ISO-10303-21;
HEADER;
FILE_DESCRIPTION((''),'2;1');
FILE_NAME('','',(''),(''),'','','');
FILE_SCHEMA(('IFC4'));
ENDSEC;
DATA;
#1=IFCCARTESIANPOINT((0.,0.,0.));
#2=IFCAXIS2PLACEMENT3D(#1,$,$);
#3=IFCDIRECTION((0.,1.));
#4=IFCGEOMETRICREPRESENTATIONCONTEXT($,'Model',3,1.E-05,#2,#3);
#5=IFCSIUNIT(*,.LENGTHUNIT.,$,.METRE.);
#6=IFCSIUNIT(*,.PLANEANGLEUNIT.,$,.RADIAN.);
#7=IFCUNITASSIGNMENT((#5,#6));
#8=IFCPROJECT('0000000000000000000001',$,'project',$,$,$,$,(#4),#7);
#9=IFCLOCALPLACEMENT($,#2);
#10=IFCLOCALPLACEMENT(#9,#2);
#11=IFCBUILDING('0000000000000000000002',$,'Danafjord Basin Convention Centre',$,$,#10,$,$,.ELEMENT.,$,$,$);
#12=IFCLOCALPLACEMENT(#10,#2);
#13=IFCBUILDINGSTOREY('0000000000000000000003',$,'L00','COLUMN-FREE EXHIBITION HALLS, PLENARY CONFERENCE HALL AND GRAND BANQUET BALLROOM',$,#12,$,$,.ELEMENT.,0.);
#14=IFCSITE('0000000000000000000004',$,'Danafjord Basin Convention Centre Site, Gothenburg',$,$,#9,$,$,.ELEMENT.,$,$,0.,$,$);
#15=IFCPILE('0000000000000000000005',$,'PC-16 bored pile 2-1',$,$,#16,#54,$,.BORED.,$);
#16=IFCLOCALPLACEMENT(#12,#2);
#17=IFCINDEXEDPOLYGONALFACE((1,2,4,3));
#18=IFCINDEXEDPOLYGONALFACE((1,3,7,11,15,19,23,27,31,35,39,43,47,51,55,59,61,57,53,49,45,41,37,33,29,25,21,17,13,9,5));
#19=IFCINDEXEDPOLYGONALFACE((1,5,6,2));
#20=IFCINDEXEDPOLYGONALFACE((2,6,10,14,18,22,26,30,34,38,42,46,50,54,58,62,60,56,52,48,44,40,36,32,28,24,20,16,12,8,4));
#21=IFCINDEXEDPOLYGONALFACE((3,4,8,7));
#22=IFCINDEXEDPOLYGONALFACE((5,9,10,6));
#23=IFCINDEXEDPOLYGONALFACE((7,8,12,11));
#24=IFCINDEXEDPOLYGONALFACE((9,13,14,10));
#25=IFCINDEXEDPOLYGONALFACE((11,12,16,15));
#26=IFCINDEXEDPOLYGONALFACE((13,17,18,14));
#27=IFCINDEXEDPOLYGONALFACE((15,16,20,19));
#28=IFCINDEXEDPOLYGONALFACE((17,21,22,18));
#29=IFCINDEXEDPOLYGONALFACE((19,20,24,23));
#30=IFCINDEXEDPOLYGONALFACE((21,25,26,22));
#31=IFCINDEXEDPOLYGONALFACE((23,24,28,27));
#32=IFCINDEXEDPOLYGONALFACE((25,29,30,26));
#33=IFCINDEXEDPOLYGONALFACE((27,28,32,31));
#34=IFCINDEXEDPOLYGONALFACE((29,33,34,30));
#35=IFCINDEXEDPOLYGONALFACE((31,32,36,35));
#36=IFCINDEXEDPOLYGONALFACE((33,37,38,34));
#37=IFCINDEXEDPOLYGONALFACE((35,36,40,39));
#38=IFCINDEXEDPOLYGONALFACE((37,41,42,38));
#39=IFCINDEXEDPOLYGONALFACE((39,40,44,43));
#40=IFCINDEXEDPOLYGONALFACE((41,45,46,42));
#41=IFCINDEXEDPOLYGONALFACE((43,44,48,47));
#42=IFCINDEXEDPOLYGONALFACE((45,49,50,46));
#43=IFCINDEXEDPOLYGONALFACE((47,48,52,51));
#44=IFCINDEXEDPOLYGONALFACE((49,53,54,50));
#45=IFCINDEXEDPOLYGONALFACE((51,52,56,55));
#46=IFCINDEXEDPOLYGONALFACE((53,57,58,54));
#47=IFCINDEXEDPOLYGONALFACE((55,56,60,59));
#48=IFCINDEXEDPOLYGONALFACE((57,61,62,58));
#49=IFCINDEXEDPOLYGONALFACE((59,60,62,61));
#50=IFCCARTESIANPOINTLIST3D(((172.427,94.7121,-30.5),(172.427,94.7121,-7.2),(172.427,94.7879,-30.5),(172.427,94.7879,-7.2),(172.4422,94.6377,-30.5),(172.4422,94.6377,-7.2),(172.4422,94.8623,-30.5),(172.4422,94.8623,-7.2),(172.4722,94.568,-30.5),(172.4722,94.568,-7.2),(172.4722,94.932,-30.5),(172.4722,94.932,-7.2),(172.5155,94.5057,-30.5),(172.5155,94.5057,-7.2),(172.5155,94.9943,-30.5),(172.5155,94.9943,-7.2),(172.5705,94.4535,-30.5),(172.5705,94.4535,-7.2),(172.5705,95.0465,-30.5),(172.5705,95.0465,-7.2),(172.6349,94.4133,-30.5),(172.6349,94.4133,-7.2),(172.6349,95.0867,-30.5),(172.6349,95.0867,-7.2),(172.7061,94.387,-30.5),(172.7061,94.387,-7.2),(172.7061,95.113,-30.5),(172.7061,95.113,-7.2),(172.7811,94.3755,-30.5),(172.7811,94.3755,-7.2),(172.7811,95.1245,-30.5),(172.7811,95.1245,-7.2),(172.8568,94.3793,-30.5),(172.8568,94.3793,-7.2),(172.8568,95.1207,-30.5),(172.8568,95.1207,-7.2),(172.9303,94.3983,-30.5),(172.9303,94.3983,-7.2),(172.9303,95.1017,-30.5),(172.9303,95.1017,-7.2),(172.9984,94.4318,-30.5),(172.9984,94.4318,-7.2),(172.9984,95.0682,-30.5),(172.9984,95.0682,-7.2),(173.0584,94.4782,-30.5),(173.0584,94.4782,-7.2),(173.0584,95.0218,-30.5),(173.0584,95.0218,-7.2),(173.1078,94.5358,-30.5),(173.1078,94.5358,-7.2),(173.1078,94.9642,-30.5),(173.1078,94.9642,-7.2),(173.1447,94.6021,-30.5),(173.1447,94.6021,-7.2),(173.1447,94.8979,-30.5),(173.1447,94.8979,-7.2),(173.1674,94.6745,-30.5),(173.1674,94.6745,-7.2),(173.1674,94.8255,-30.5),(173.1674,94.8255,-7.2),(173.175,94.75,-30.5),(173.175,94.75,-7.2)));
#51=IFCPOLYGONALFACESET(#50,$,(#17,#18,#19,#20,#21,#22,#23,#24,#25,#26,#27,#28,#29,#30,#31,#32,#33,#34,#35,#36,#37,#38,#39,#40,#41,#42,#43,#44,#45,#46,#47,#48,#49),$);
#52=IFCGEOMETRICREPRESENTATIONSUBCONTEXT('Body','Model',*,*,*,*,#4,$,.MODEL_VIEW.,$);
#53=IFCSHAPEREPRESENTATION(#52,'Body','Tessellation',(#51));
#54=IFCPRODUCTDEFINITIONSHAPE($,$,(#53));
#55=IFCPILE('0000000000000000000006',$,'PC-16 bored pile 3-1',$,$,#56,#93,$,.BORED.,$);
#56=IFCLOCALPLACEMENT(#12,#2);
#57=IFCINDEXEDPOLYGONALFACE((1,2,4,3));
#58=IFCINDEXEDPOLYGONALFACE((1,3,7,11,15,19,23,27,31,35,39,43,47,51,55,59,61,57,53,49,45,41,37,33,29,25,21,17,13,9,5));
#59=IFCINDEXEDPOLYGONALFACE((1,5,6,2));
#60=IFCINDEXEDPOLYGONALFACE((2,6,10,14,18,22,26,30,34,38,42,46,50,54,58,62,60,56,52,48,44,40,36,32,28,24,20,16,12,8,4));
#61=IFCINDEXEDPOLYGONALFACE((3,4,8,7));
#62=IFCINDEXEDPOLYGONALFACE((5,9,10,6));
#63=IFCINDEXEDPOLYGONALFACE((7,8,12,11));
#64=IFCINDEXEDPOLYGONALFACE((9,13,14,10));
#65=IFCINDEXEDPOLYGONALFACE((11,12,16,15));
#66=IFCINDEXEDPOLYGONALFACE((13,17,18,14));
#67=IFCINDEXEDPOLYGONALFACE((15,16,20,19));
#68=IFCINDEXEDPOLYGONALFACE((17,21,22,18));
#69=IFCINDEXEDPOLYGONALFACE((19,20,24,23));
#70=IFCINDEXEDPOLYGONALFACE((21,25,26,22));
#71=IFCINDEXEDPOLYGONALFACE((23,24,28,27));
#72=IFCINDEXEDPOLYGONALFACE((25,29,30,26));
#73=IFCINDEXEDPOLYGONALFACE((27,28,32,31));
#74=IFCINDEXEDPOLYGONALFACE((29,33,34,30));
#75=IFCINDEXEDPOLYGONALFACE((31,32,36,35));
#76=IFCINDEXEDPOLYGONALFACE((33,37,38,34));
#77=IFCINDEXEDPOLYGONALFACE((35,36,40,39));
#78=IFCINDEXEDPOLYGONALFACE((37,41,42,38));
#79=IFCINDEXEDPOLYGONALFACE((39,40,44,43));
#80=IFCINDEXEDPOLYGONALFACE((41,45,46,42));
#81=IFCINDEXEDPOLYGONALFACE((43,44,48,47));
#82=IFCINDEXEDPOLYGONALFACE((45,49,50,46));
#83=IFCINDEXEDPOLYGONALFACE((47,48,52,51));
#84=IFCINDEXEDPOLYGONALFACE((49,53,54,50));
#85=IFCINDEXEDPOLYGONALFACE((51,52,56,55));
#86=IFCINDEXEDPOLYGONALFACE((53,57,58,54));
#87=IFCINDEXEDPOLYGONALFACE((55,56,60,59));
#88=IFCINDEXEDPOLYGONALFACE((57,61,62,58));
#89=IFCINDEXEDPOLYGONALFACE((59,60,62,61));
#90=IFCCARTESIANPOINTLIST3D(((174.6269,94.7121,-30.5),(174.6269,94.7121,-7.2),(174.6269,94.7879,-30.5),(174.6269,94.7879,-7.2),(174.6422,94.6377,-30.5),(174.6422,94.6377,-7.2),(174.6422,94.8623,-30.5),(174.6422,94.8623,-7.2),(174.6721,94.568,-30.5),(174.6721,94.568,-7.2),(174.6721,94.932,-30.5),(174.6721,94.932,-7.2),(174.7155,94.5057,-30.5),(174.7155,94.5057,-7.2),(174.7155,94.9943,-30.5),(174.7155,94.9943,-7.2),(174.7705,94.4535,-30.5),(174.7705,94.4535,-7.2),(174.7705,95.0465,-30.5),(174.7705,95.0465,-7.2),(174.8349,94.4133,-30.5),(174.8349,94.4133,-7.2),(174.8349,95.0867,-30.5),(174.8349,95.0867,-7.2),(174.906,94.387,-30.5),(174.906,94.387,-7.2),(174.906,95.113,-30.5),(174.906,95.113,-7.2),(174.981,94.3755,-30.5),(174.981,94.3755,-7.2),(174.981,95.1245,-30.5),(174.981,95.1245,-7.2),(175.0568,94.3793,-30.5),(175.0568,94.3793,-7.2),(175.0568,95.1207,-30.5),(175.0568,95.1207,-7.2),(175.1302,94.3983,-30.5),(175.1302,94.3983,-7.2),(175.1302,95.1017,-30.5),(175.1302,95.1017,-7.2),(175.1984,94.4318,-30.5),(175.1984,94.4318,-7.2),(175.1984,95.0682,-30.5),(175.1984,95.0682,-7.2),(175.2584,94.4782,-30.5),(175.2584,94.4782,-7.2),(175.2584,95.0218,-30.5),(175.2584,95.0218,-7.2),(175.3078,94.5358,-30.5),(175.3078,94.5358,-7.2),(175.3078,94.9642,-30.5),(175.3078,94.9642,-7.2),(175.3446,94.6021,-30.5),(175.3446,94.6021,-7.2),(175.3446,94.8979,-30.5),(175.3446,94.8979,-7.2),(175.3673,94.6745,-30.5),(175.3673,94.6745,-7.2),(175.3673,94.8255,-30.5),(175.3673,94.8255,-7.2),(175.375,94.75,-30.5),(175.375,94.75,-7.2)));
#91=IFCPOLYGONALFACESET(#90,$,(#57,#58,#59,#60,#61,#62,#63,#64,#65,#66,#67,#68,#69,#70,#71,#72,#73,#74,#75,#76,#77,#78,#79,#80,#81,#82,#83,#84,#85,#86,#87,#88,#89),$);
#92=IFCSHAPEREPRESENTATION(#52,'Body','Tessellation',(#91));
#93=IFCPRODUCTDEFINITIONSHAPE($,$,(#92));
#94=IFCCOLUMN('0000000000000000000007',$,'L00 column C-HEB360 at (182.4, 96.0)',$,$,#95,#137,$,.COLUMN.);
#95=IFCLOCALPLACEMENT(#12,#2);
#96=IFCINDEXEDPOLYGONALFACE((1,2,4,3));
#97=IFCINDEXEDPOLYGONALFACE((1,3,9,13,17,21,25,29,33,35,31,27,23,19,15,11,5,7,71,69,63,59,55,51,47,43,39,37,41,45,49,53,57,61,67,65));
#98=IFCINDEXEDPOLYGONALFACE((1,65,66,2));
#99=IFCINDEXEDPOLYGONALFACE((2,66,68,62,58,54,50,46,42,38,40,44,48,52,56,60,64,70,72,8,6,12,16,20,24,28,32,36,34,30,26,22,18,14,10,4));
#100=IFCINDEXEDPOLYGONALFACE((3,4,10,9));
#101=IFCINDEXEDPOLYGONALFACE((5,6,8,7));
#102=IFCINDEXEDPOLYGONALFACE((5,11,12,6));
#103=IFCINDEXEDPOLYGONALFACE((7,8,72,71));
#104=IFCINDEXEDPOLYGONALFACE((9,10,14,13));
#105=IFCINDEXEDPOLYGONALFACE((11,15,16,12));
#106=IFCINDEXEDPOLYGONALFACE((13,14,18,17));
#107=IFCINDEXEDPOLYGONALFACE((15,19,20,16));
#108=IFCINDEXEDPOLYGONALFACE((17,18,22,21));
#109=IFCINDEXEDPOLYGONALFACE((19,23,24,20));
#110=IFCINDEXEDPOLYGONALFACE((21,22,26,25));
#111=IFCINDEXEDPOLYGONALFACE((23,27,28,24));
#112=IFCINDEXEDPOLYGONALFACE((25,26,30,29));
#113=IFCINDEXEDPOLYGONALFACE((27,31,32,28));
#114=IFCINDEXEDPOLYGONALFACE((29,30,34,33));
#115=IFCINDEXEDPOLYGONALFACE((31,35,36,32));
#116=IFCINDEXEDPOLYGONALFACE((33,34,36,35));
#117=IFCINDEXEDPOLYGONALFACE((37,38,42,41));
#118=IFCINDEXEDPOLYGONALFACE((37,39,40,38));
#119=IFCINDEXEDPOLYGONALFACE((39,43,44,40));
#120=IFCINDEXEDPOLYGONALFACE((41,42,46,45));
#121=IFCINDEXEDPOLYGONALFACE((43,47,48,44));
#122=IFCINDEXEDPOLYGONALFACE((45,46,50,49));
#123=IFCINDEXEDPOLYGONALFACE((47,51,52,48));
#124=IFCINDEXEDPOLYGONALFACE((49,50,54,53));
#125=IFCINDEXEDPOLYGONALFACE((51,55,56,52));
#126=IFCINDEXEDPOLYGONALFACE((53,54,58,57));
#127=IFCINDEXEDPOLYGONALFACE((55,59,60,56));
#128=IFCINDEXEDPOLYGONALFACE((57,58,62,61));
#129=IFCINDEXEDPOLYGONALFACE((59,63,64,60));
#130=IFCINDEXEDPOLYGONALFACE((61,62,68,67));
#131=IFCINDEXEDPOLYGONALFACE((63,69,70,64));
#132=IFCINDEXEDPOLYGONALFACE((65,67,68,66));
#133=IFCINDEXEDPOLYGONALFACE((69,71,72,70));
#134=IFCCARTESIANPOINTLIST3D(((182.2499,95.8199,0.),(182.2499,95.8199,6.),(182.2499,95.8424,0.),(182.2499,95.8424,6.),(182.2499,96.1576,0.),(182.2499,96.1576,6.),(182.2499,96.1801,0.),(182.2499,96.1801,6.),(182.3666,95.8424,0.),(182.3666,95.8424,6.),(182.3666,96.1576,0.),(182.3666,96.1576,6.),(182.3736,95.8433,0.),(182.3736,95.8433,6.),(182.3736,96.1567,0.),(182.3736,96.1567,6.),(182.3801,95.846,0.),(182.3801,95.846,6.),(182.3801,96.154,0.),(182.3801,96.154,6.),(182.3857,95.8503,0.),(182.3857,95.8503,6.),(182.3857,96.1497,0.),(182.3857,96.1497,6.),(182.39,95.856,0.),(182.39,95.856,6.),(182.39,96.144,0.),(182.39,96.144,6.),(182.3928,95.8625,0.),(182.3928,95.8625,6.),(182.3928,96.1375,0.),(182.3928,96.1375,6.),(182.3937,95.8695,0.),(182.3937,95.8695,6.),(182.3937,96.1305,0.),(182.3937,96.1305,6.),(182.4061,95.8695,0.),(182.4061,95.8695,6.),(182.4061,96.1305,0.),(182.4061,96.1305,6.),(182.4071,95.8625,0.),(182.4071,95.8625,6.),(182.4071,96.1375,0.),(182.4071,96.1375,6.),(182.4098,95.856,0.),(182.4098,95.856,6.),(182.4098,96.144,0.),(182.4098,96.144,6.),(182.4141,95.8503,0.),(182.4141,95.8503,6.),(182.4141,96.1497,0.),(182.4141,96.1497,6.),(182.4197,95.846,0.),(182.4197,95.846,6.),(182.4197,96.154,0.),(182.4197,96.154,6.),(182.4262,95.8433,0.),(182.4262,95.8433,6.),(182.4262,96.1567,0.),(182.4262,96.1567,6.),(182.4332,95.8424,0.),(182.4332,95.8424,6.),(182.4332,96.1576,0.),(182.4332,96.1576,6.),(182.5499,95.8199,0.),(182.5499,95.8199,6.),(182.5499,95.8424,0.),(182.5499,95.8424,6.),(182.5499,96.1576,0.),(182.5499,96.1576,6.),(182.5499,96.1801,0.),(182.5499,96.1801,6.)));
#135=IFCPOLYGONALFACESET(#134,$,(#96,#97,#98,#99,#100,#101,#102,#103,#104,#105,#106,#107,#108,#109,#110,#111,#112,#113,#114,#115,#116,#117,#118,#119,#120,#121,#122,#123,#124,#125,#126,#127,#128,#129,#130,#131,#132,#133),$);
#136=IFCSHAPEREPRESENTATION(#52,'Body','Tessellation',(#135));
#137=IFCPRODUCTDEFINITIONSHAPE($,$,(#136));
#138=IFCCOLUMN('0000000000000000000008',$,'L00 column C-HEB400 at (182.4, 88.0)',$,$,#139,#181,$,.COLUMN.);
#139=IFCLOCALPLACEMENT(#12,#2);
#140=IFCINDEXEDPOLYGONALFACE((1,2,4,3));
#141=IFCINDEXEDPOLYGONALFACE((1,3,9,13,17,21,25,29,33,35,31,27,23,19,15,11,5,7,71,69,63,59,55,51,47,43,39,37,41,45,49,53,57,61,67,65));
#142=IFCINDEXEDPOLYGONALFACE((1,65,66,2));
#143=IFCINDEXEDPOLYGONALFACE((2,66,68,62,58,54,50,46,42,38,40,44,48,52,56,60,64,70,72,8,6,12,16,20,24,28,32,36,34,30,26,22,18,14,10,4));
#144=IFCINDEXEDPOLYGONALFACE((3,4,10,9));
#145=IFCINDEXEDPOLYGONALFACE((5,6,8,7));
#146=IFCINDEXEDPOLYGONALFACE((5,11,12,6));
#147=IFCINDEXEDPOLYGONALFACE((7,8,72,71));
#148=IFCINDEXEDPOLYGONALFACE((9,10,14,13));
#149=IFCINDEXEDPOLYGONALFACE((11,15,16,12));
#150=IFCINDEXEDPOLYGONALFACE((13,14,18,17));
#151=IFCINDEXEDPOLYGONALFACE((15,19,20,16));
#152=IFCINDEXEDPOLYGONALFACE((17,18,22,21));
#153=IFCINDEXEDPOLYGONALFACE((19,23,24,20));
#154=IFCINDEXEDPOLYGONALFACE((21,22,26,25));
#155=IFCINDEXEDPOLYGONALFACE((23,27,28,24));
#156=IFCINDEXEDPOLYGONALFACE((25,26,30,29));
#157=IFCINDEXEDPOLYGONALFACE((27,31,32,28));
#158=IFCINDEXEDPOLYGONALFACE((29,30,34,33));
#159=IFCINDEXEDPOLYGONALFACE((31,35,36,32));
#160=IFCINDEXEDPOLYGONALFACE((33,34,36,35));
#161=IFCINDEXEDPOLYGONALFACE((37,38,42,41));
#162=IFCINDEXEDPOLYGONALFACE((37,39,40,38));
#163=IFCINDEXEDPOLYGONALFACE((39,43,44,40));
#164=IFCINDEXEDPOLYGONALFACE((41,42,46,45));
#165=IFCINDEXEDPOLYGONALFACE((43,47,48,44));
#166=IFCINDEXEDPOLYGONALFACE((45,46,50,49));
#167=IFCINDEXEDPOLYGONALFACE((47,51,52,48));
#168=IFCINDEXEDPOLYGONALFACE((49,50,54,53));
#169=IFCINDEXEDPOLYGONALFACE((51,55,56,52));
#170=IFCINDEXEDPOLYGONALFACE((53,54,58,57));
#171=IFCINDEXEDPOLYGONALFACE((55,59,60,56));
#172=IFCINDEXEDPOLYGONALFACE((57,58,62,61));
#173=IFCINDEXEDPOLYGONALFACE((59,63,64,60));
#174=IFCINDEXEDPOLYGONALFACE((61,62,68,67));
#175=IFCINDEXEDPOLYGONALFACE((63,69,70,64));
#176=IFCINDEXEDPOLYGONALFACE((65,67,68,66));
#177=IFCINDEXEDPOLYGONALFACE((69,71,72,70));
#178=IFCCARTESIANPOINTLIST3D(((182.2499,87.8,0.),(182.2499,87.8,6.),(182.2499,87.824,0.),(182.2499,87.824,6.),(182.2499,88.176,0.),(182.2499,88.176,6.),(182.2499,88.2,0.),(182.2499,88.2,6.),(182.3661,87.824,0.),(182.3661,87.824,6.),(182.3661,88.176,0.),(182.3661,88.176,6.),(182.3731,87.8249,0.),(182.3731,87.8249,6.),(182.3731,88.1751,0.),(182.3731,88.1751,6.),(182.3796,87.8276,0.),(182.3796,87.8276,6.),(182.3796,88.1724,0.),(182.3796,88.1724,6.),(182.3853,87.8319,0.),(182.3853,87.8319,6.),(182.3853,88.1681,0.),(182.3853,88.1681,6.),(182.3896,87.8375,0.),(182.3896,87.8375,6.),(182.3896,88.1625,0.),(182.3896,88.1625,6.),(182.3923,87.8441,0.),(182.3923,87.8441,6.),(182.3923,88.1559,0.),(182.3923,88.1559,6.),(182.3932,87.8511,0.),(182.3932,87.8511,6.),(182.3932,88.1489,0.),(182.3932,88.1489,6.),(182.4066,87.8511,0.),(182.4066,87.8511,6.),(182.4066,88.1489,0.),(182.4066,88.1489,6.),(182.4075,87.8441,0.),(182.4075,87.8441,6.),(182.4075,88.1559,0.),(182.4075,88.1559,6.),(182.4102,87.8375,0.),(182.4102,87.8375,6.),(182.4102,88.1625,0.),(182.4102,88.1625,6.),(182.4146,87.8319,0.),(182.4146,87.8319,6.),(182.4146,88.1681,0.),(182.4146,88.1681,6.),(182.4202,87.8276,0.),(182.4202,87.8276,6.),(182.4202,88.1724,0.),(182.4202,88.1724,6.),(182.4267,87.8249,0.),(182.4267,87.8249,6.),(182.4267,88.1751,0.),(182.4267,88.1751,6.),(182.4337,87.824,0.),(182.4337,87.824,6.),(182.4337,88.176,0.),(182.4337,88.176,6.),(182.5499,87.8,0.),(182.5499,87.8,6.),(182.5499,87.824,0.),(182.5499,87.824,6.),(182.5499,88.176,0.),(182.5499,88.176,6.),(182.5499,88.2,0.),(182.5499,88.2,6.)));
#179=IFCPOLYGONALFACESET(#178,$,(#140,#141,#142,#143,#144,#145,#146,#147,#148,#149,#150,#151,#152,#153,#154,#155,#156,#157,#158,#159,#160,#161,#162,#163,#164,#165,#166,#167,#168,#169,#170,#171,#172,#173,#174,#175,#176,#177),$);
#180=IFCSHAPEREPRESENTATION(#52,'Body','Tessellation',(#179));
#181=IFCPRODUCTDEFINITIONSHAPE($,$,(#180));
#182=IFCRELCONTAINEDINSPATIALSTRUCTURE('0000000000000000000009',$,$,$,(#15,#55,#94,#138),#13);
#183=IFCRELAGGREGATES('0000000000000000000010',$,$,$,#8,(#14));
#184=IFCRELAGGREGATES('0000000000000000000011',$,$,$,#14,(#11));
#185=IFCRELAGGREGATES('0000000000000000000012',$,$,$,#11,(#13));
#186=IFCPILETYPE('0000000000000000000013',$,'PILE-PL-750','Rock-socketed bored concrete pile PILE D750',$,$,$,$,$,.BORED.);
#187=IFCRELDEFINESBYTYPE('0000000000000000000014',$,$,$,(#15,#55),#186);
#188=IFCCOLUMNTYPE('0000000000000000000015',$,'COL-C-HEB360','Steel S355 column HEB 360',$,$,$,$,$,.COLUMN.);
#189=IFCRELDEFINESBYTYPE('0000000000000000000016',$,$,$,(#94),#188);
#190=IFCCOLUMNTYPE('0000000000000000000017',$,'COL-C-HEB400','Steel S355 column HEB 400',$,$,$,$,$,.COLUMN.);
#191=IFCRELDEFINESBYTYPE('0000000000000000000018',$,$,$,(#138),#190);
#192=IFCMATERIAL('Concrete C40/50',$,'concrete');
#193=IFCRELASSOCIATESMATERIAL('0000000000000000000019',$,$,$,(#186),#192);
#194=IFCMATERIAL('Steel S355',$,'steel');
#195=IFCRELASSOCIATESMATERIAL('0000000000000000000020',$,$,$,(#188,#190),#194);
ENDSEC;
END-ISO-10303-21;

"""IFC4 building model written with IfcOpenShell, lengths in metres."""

from ifc_helpers import new_model, si_unit, direction, frame, origin, origin_2d, place, context, subcontext, project, spatial, circle, i_section, extrude, material, material_profile, profile_set, type_object, element, save


model = new_model("IFC4")

# Units and contexts
model_context = context("Model", 3, precision=1e-05, world=origin(), true_north=direction((0.0, 1.0)))
body_context = subcontext(model_context, "Body", "Model", "MODEL_VIEW")
ifc_project = project(units=[si_unit("LENGTHUNIT", "METRE"), si_unit("PLANEANGLEUNIT", "RADIAN")], contexts=[model_context])

# Site, building, storey
site_placement = place(None, origin())
site = spatial("IfcSite", under=ifc_project, at=site_placement, Name="Danafjord Basin Convention Centre Site, Gothenburg", CompositionType="ELEMENT", RefElevation=0.0)
building_placement = place(site_placement, origin())
building = spatial("IfcBuilding", under=site, at=building_placement, Name="Danafjord Basin Convention Centre", CompositionType="ELEMENT")
storey_placement = place(building_placement, origin())
storey = spatial("IfcBuildingStorey", under=building, at=storey_placement, Name="L00", Description="COLUMN-FREE EXHIBITION HALLS, PLENARY CONFERENCE HALL AND GRAND BANQUET BALLROOM", CompositionType="ELEMENT", Elevation=0.0)

# Shared definitions
ifc_material_1 = material(Name="Concrete C40/50", Category="concrete")

# Piles
ifc_material_profile_1 = material_profile(ifc_material_1, circle(Radius=0.375, at=origin_2d()), Name="PILE D750")
ifc_profile_set_1 = profile_set([ifc_material_profile_1], Name="Concrete C40/50")
pile_type_1 = type_object("IfcPileType", Name="PILE-PL-750", Description="Rock-socketed bored concrete pile PILE D750", PredefinedType="BORED", material=ifc_profile_set_1)
for number, where, z_axis, x_axis, name in (
    (1, (172.8, 94.75, -7.2), (0.0, 0.0, -1.0), (1.0, 0.0, 0.0), "PC-16 bored pile 2-1"),
    (2, (175.0, 94.75, -7.2), (0.0, 0.0, -1.0), (1.0, 0.0, 0.0), "PC-16 bored pile 3-1"),
):
    element("IfcPile", number, at=place(storey_placement, frame(where, z_axis=z_axis, x_axis=x_axis)), inside=storey, type_object=pile_type_1, Name=name, PredefinedType="BORED", context=body_context, shape_type="SweptSolid", body=[
        extrude(circle(Radius=0.375, at=origin_2d()), origin(), (0.0, 0.0, 1.0), 23.3),
    ])

# Columns
ifc_material_2 = material(Name="Steel S355", Category="steel")
ifc_material_profile_2 = material_profile(ifc_material_2, i_section(OverallWidth=0.3, OverallDepth=0.3601, WebThickness=0.0125, FlangeThickness=0.0225, FilletRadius=0.0271, at=origin_2d()), Name="HEB 360")
ifc_profile_set_2 = profile_set([ifc_material_profile_2], Name="Steel S355")
column_type_1 = type_object("IfcColumnType", Name="COL-C-HEB360", Description="Steel S355 column HEB 360", PredefinedType="COLUMN", material=ifc_profile_set_2)
column_1_placement = place(storey_placement, frame((182.3999, 96.0, 0.0), z_axis=(0.0, 0.0, 1.0), x_axis=(1.0, 0.0, 0.0)))
element("IfcColumn", 3, at=column_1_placement, inside=storey, type_object=column_type_1, Name="L00 column C-HEB360 at (182.4, 96.0)", PredefinedType="COLUMN", context=body_context, shape_type="SweptSolid", body=[
    extrude(i_section(OverallWidth=0.3, OverallDepth=0.3601, WebThickness=0.0125, FlangeThickness=0.0225, FilletRadius=0.0271, at=origin_2d()), origin(), (0.0, 0.0, 1.0), 6.0),
])
ifc_material_profile_3 = material_profile(ifc_material_2, i_section(OverallWidth=0.3, OverallDepth=0.3999, WebThickness=0.0134, FlangeThickness=0.0239, FilletRadius=0.0271, at=origin_2d()), Name="HEB 400")
ifc_profile_set_3 = profile_set([ifc_material_profile_3], Name="Steel S355")
column_type_2 = type_object("IfcColumnType", Name="COL-C-HEB400", Description="Steel S355 column HEB 400", PredefinedType="COLUMN", material=ifc_profile_set_3)
column_2_placement = place(storey_placement, frame((182.3999, 88.0, 0.0), z_axis=(0.0, 0.0, 1.0), x_axis=(1.0, 0.0, 0.0)))
element("IfcColumn", 4, at=column_2_placement, inside=storey, type_object=column_type_2, Name="L00 column C-HEB400 at (182.4, 88.0)", PredefinedType="COLUMN", context=body_context, shape_type="SweptSolid", body=[
    extrude(i_section(OverallWidth=0.3, OverallDepth=0.3999, WebThickness=0.0134, FlangeThickness=0.0239, FilletRadius=0.0271, at=origin_2d()), origin(), (0.0, 0.0, 1.0), 6.0),
])

save(model, "model.ifc")
